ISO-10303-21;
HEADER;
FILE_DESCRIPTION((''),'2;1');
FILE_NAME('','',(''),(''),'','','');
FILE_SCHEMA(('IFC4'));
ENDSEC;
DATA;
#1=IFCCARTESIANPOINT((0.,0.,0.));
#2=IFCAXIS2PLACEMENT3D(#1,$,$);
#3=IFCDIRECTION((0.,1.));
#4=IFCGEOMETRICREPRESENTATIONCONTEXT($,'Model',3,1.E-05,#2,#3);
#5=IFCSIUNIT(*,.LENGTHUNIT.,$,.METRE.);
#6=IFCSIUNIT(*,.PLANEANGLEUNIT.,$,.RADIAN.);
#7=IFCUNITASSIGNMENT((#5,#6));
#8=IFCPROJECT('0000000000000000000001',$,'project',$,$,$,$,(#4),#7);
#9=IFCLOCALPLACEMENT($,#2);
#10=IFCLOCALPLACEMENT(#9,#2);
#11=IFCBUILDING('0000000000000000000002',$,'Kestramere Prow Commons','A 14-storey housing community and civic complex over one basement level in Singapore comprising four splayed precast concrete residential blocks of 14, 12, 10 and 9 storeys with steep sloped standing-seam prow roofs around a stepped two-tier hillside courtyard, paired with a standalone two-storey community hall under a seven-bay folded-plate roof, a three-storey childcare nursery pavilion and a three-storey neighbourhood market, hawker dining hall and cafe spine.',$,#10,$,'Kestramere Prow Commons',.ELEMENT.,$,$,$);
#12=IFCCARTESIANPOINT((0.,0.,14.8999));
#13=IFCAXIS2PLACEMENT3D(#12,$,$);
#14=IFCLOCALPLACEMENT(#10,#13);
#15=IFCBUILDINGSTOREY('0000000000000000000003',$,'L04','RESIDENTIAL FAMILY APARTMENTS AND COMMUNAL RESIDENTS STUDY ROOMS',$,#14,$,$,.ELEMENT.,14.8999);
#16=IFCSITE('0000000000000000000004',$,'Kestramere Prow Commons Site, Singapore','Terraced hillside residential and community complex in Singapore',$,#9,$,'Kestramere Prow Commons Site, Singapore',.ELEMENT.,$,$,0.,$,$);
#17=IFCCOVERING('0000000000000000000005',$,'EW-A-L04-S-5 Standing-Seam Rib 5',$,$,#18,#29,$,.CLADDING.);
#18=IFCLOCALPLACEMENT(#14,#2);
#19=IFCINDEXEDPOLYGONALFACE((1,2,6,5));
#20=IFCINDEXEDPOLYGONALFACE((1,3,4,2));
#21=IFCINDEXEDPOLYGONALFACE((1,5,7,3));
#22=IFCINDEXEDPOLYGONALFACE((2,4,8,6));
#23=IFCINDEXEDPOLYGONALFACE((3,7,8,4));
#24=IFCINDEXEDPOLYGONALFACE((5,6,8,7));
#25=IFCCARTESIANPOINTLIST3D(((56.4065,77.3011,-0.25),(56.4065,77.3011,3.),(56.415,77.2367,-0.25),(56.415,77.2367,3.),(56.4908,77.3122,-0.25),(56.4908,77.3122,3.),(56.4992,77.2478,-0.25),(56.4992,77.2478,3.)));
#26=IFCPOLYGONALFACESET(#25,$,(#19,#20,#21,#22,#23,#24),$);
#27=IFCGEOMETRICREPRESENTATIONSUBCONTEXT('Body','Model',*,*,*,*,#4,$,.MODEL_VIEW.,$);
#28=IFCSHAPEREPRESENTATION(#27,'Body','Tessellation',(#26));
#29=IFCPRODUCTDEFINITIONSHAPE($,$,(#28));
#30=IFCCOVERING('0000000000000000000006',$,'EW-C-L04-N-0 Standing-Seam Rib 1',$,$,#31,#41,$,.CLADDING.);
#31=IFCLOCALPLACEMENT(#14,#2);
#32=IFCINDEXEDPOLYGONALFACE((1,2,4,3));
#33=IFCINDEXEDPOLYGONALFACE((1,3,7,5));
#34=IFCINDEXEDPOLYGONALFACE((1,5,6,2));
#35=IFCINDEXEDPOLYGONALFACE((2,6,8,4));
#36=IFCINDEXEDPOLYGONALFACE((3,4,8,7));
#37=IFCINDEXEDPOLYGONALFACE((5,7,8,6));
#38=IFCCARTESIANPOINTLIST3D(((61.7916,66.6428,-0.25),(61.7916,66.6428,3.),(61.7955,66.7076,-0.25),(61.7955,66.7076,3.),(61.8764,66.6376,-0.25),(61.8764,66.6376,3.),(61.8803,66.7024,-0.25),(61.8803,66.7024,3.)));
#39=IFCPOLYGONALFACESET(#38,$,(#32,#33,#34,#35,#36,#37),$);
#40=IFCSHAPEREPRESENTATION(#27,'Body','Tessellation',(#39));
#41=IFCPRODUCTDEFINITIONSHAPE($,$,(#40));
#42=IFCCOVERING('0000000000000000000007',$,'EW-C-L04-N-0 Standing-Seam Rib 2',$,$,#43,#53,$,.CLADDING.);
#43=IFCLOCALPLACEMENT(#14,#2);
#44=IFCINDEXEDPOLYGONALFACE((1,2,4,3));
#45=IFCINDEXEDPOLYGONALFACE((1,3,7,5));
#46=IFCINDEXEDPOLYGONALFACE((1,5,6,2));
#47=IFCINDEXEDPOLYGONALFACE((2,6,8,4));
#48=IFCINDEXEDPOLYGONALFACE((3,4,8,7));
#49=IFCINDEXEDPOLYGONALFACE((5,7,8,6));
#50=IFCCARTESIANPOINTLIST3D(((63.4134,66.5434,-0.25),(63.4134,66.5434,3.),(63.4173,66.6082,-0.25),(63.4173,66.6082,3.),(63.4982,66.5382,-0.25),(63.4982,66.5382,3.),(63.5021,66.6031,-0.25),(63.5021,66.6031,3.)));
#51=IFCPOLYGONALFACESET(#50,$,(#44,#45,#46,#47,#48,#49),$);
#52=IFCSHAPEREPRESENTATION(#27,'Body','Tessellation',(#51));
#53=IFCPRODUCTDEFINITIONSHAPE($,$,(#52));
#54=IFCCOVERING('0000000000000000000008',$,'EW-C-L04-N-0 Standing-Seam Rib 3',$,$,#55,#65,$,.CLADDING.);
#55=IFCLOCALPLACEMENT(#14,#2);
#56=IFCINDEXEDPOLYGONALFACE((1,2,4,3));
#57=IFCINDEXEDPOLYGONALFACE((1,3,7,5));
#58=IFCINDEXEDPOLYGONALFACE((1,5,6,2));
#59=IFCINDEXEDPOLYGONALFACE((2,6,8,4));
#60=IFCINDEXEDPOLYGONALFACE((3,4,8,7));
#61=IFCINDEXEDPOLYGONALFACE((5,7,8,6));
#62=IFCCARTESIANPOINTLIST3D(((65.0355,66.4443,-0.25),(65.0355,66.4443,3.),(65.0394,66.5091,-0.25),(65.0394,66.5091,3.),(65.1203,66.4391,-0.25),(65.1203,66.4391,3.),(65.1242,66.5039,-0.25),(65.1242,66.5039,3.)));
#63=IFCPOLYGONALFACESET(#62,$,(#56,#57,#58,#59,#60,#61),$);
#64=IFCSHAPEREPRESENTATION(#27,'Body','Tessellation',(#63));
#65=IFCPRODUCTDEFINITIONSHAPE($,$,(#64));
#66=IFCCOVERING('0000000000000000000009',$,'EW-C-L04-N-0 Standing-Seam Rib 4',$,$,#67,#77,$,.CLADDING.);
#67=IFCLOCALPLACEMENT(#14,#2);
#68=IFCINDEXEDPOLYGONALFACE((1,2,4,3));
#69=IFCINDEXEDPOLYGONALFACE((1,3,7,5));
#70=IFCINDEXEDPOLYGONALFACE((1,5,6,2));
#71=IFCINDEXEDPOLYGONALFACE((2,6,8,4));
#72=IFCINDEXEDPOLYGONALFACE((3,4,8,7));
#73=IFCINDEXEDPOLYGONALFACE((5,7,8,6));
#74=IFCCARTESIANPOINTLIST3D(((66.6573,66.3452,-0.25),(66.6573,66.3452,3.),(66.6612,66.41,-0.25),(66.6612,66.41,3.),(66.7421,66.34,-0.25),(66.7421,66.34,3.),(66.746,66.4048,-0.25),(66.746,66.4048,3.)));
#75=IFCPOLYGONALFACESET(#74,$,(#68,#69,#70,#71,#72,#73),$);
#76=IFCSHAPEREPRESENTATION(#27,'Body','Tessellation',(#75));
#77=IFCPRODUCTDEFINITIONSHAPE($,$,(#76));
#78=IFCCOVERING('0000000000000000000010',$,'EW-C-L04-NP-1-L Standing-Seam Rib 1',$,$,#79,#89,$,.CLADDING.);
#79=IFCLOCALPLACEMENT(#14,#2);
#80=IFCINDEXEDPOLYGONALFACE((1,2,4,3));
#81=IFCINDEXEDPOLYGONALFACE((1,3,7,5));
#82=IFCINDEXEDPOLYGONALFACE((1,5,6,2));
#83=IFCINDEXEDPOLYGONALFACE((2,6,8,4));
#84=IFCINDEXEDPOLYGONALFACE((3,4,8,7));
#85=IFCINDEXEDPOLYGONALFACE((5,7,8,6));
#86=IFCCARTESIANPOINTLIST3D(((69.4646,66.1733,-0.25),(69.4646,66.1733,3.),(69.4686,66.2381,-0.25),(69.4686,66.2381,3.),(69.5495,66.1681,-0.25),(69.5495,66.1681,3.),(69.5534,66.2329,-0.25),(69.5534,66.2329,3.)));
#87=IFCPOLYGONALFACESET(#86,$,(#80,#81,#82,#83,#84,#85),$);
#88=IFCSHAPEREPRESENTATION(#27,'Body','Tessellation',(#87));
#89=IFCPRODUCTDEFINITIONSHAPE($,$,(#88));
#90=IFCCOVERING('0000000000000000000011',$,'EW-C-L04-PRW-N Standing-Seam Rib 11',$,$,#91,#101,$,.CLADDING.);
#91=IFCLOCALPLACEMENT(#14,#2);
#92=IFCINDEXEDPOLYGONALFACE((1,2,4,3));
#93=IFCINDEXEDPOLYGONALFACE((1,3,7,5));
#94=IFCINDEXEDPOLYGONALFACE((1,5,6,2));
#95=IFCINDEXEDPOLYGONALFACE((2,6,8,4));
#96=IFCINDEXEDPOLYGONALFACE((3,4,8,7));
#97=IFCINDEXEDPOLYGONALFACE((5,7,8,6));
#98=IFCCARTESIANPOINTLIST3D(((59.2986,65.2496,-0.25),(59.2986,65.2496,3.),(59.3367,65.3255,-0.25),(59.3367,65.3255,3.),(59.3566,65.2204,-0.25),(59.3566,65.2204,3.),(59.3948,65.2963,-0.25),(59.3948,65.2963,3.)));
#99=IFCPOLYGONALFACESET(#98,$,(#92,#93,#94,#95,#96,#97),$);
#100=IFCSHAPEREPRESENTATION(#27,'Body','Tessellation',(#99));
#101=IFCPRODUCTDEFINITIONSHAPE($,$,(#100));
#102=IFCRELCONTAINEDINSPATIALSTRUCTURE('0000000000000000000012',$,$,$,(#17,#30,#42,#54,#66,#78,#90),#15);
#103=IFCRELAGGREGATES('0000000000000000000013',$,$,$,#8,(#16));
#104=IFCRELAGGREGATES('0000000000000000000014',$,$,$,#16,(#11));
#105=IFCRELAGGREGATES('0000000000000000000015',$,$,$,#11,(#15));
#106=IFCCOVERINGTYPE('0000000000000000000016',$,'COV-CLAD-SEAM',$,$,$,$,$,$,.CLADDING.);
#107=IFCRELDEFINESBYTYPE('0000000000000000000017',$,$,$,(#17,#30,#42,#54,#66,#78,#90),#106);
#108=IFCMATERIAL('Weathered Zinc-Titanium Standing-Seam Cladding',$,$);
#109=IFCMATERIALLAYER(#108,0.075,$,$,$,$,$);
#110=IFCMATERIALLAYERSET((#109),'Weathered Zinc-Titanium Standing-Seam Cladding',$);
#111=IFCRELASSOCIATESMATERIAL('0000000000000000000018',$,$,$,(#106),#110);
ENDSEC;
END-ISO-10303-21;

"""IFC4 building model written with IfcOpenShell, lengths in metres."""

from ifc_helpers import new_model, si_unit, direction, frame, origin, origin_2d, place, context, subcontext, project, spatial, rectangle, extrude, material, layer, layer_set, type_object, element, save


model = new_model("IFC4")

# Units and contexts
model_context = context("Model", 3, precision=1e-05, world=origin(), true_north=direction((0.0, 1.0)))
body_context = subcontext(model_context, "Body", "Model", "MODEL_VIEW")
ifc_project = project(units=[si_unit("LENGTHUNIT", "METRE"), si_unit("PLANEANGLEUNIT", "RADIAN")], contexts=[model_context])

# Site, building, storey
site_placement = place(None, origin())
site = spatial("IfcSite", under=ifc_project, at=site_placement, Name="Kestramere Prow Commons Site, Singapore", Description="Terraced hillside residential and community complex in Singapore", LongName="Kestramere Prow Commons Site, Singapore", CompositionType="ELEMENT", RefElevation=0.0)
building_placement = place(site_placement, origin())
building = spatial("IfcBuilding", under=site, at=building_placement, Name="Kestramere Prow Commons", Description="A 14-storey housing community and civic complex over one basement level in Singapore comprising four splayed precast concrete residential blocks of 14, 12, 10 and 9 storeys with steep sloped standing-seam prow roofs around a stepped two-tier hillside courtyard, paired with a standalone two-storey community hall under a seven-bay folded-plate roof, a three-storey childcare nursery pavilion and a three-storey neighbourhood market, hawker dining hall and cafe spine.", LongName="Kestramere Prow Commons", CompositionType="ELEMENT")
storey_placement = place(building_placement, frame((0.0, 0.0, 14.8999)))
storey = spatial("IfcBuildingStorey", under=building, at=storey_placement, Name="L04", Description="RESIDENTIAL FAMILY APARTMENTS AND COMMUNAL RESIDENTS STUDY ROOMS", CompositionType="ELEMENT", Elevation=14.8999)

# Coverings
ifc_material_1 = material(Name="Weathered Zinc-Titanium Standing-Seam Cladding")
ifc_layer_1 = layer(ifc_material_1, 0.075)
ifc_layer_set_1 = layer_set([ifc_layer_1], Name="Weathered Zinc-Titanium Standing-Seam Cladding")
covering_type = type_object("IfcCoveringType", Name="COV-CLAD-SEAM", PredefinedType="CLADDING", material=ifc_layer_set_1)
for number, where, z_axis, x_axis, name in (
    (1, (56.4529, 77.2744, -0.25), (0.0, 0.0, 1.0), (-0.991445, -0.130526, 0.0), "EW-A-L04-S-5 Standing-Seam Rib 5"),
    (2, (61.8359, 66.6726, -0.25), (0.0, 0.0, 1.0), (0.998135, -0.061049, 0.0), "EW-C-L04-N-0 Standing-Seam Rib 1"),
    (3, (63.4578, 66.5732, -0.25), (0.0, 0.0, 1.0), (0.998135, -0.061049, 0.0), "EW-C-L04-N-0 Standing-Seam Rib 2"),
    (4, (65.0798, 66.4741, -0.25), (0.0, 0.0, 1.0), (0.998135, -0.061049, 0.0), "EW-C-L04-N-0 Standing-Seam Rib 3"),
    (5, (66.7017, 66.375, -0.25), (0.0, 0.0, 1.0), (0.998135, -0.061049, 0.0), "EW-C-L04-N-0 Standing-Seam Rib 4"),
    (6, (69.509, 66.2031, -0.25), (0.0, 0.0, 1.0), (0.998135, -0.061049, 0.0), "EW-C-L04-NP-1-L Standing-Seam Rib 1"),
    (7, (59.3467, 65.2729, -0.25), (0.0, 0.0, 1.0), (0.44862, 0.893722, 0.0), "EW-C-L04-PRW-N Standing-Seam Rib 11"),
):
    element("IfcCovering", number, at=place(storey_placement, frame(where, z_axis=z_axis, x_axis=x_axis)), inside=storey, type_object=covering_type, Name=name, PredefinedType="CLADDING", context=body_context, shape_type="SweptSolid", body=[
        extrude(rectangle(XDim=0.085, YDim=0.0649, at=origin_2d()), origin(), (0.0, 0.0, 1.0), 3.25),
    ])

save(model, "model.ifc")
